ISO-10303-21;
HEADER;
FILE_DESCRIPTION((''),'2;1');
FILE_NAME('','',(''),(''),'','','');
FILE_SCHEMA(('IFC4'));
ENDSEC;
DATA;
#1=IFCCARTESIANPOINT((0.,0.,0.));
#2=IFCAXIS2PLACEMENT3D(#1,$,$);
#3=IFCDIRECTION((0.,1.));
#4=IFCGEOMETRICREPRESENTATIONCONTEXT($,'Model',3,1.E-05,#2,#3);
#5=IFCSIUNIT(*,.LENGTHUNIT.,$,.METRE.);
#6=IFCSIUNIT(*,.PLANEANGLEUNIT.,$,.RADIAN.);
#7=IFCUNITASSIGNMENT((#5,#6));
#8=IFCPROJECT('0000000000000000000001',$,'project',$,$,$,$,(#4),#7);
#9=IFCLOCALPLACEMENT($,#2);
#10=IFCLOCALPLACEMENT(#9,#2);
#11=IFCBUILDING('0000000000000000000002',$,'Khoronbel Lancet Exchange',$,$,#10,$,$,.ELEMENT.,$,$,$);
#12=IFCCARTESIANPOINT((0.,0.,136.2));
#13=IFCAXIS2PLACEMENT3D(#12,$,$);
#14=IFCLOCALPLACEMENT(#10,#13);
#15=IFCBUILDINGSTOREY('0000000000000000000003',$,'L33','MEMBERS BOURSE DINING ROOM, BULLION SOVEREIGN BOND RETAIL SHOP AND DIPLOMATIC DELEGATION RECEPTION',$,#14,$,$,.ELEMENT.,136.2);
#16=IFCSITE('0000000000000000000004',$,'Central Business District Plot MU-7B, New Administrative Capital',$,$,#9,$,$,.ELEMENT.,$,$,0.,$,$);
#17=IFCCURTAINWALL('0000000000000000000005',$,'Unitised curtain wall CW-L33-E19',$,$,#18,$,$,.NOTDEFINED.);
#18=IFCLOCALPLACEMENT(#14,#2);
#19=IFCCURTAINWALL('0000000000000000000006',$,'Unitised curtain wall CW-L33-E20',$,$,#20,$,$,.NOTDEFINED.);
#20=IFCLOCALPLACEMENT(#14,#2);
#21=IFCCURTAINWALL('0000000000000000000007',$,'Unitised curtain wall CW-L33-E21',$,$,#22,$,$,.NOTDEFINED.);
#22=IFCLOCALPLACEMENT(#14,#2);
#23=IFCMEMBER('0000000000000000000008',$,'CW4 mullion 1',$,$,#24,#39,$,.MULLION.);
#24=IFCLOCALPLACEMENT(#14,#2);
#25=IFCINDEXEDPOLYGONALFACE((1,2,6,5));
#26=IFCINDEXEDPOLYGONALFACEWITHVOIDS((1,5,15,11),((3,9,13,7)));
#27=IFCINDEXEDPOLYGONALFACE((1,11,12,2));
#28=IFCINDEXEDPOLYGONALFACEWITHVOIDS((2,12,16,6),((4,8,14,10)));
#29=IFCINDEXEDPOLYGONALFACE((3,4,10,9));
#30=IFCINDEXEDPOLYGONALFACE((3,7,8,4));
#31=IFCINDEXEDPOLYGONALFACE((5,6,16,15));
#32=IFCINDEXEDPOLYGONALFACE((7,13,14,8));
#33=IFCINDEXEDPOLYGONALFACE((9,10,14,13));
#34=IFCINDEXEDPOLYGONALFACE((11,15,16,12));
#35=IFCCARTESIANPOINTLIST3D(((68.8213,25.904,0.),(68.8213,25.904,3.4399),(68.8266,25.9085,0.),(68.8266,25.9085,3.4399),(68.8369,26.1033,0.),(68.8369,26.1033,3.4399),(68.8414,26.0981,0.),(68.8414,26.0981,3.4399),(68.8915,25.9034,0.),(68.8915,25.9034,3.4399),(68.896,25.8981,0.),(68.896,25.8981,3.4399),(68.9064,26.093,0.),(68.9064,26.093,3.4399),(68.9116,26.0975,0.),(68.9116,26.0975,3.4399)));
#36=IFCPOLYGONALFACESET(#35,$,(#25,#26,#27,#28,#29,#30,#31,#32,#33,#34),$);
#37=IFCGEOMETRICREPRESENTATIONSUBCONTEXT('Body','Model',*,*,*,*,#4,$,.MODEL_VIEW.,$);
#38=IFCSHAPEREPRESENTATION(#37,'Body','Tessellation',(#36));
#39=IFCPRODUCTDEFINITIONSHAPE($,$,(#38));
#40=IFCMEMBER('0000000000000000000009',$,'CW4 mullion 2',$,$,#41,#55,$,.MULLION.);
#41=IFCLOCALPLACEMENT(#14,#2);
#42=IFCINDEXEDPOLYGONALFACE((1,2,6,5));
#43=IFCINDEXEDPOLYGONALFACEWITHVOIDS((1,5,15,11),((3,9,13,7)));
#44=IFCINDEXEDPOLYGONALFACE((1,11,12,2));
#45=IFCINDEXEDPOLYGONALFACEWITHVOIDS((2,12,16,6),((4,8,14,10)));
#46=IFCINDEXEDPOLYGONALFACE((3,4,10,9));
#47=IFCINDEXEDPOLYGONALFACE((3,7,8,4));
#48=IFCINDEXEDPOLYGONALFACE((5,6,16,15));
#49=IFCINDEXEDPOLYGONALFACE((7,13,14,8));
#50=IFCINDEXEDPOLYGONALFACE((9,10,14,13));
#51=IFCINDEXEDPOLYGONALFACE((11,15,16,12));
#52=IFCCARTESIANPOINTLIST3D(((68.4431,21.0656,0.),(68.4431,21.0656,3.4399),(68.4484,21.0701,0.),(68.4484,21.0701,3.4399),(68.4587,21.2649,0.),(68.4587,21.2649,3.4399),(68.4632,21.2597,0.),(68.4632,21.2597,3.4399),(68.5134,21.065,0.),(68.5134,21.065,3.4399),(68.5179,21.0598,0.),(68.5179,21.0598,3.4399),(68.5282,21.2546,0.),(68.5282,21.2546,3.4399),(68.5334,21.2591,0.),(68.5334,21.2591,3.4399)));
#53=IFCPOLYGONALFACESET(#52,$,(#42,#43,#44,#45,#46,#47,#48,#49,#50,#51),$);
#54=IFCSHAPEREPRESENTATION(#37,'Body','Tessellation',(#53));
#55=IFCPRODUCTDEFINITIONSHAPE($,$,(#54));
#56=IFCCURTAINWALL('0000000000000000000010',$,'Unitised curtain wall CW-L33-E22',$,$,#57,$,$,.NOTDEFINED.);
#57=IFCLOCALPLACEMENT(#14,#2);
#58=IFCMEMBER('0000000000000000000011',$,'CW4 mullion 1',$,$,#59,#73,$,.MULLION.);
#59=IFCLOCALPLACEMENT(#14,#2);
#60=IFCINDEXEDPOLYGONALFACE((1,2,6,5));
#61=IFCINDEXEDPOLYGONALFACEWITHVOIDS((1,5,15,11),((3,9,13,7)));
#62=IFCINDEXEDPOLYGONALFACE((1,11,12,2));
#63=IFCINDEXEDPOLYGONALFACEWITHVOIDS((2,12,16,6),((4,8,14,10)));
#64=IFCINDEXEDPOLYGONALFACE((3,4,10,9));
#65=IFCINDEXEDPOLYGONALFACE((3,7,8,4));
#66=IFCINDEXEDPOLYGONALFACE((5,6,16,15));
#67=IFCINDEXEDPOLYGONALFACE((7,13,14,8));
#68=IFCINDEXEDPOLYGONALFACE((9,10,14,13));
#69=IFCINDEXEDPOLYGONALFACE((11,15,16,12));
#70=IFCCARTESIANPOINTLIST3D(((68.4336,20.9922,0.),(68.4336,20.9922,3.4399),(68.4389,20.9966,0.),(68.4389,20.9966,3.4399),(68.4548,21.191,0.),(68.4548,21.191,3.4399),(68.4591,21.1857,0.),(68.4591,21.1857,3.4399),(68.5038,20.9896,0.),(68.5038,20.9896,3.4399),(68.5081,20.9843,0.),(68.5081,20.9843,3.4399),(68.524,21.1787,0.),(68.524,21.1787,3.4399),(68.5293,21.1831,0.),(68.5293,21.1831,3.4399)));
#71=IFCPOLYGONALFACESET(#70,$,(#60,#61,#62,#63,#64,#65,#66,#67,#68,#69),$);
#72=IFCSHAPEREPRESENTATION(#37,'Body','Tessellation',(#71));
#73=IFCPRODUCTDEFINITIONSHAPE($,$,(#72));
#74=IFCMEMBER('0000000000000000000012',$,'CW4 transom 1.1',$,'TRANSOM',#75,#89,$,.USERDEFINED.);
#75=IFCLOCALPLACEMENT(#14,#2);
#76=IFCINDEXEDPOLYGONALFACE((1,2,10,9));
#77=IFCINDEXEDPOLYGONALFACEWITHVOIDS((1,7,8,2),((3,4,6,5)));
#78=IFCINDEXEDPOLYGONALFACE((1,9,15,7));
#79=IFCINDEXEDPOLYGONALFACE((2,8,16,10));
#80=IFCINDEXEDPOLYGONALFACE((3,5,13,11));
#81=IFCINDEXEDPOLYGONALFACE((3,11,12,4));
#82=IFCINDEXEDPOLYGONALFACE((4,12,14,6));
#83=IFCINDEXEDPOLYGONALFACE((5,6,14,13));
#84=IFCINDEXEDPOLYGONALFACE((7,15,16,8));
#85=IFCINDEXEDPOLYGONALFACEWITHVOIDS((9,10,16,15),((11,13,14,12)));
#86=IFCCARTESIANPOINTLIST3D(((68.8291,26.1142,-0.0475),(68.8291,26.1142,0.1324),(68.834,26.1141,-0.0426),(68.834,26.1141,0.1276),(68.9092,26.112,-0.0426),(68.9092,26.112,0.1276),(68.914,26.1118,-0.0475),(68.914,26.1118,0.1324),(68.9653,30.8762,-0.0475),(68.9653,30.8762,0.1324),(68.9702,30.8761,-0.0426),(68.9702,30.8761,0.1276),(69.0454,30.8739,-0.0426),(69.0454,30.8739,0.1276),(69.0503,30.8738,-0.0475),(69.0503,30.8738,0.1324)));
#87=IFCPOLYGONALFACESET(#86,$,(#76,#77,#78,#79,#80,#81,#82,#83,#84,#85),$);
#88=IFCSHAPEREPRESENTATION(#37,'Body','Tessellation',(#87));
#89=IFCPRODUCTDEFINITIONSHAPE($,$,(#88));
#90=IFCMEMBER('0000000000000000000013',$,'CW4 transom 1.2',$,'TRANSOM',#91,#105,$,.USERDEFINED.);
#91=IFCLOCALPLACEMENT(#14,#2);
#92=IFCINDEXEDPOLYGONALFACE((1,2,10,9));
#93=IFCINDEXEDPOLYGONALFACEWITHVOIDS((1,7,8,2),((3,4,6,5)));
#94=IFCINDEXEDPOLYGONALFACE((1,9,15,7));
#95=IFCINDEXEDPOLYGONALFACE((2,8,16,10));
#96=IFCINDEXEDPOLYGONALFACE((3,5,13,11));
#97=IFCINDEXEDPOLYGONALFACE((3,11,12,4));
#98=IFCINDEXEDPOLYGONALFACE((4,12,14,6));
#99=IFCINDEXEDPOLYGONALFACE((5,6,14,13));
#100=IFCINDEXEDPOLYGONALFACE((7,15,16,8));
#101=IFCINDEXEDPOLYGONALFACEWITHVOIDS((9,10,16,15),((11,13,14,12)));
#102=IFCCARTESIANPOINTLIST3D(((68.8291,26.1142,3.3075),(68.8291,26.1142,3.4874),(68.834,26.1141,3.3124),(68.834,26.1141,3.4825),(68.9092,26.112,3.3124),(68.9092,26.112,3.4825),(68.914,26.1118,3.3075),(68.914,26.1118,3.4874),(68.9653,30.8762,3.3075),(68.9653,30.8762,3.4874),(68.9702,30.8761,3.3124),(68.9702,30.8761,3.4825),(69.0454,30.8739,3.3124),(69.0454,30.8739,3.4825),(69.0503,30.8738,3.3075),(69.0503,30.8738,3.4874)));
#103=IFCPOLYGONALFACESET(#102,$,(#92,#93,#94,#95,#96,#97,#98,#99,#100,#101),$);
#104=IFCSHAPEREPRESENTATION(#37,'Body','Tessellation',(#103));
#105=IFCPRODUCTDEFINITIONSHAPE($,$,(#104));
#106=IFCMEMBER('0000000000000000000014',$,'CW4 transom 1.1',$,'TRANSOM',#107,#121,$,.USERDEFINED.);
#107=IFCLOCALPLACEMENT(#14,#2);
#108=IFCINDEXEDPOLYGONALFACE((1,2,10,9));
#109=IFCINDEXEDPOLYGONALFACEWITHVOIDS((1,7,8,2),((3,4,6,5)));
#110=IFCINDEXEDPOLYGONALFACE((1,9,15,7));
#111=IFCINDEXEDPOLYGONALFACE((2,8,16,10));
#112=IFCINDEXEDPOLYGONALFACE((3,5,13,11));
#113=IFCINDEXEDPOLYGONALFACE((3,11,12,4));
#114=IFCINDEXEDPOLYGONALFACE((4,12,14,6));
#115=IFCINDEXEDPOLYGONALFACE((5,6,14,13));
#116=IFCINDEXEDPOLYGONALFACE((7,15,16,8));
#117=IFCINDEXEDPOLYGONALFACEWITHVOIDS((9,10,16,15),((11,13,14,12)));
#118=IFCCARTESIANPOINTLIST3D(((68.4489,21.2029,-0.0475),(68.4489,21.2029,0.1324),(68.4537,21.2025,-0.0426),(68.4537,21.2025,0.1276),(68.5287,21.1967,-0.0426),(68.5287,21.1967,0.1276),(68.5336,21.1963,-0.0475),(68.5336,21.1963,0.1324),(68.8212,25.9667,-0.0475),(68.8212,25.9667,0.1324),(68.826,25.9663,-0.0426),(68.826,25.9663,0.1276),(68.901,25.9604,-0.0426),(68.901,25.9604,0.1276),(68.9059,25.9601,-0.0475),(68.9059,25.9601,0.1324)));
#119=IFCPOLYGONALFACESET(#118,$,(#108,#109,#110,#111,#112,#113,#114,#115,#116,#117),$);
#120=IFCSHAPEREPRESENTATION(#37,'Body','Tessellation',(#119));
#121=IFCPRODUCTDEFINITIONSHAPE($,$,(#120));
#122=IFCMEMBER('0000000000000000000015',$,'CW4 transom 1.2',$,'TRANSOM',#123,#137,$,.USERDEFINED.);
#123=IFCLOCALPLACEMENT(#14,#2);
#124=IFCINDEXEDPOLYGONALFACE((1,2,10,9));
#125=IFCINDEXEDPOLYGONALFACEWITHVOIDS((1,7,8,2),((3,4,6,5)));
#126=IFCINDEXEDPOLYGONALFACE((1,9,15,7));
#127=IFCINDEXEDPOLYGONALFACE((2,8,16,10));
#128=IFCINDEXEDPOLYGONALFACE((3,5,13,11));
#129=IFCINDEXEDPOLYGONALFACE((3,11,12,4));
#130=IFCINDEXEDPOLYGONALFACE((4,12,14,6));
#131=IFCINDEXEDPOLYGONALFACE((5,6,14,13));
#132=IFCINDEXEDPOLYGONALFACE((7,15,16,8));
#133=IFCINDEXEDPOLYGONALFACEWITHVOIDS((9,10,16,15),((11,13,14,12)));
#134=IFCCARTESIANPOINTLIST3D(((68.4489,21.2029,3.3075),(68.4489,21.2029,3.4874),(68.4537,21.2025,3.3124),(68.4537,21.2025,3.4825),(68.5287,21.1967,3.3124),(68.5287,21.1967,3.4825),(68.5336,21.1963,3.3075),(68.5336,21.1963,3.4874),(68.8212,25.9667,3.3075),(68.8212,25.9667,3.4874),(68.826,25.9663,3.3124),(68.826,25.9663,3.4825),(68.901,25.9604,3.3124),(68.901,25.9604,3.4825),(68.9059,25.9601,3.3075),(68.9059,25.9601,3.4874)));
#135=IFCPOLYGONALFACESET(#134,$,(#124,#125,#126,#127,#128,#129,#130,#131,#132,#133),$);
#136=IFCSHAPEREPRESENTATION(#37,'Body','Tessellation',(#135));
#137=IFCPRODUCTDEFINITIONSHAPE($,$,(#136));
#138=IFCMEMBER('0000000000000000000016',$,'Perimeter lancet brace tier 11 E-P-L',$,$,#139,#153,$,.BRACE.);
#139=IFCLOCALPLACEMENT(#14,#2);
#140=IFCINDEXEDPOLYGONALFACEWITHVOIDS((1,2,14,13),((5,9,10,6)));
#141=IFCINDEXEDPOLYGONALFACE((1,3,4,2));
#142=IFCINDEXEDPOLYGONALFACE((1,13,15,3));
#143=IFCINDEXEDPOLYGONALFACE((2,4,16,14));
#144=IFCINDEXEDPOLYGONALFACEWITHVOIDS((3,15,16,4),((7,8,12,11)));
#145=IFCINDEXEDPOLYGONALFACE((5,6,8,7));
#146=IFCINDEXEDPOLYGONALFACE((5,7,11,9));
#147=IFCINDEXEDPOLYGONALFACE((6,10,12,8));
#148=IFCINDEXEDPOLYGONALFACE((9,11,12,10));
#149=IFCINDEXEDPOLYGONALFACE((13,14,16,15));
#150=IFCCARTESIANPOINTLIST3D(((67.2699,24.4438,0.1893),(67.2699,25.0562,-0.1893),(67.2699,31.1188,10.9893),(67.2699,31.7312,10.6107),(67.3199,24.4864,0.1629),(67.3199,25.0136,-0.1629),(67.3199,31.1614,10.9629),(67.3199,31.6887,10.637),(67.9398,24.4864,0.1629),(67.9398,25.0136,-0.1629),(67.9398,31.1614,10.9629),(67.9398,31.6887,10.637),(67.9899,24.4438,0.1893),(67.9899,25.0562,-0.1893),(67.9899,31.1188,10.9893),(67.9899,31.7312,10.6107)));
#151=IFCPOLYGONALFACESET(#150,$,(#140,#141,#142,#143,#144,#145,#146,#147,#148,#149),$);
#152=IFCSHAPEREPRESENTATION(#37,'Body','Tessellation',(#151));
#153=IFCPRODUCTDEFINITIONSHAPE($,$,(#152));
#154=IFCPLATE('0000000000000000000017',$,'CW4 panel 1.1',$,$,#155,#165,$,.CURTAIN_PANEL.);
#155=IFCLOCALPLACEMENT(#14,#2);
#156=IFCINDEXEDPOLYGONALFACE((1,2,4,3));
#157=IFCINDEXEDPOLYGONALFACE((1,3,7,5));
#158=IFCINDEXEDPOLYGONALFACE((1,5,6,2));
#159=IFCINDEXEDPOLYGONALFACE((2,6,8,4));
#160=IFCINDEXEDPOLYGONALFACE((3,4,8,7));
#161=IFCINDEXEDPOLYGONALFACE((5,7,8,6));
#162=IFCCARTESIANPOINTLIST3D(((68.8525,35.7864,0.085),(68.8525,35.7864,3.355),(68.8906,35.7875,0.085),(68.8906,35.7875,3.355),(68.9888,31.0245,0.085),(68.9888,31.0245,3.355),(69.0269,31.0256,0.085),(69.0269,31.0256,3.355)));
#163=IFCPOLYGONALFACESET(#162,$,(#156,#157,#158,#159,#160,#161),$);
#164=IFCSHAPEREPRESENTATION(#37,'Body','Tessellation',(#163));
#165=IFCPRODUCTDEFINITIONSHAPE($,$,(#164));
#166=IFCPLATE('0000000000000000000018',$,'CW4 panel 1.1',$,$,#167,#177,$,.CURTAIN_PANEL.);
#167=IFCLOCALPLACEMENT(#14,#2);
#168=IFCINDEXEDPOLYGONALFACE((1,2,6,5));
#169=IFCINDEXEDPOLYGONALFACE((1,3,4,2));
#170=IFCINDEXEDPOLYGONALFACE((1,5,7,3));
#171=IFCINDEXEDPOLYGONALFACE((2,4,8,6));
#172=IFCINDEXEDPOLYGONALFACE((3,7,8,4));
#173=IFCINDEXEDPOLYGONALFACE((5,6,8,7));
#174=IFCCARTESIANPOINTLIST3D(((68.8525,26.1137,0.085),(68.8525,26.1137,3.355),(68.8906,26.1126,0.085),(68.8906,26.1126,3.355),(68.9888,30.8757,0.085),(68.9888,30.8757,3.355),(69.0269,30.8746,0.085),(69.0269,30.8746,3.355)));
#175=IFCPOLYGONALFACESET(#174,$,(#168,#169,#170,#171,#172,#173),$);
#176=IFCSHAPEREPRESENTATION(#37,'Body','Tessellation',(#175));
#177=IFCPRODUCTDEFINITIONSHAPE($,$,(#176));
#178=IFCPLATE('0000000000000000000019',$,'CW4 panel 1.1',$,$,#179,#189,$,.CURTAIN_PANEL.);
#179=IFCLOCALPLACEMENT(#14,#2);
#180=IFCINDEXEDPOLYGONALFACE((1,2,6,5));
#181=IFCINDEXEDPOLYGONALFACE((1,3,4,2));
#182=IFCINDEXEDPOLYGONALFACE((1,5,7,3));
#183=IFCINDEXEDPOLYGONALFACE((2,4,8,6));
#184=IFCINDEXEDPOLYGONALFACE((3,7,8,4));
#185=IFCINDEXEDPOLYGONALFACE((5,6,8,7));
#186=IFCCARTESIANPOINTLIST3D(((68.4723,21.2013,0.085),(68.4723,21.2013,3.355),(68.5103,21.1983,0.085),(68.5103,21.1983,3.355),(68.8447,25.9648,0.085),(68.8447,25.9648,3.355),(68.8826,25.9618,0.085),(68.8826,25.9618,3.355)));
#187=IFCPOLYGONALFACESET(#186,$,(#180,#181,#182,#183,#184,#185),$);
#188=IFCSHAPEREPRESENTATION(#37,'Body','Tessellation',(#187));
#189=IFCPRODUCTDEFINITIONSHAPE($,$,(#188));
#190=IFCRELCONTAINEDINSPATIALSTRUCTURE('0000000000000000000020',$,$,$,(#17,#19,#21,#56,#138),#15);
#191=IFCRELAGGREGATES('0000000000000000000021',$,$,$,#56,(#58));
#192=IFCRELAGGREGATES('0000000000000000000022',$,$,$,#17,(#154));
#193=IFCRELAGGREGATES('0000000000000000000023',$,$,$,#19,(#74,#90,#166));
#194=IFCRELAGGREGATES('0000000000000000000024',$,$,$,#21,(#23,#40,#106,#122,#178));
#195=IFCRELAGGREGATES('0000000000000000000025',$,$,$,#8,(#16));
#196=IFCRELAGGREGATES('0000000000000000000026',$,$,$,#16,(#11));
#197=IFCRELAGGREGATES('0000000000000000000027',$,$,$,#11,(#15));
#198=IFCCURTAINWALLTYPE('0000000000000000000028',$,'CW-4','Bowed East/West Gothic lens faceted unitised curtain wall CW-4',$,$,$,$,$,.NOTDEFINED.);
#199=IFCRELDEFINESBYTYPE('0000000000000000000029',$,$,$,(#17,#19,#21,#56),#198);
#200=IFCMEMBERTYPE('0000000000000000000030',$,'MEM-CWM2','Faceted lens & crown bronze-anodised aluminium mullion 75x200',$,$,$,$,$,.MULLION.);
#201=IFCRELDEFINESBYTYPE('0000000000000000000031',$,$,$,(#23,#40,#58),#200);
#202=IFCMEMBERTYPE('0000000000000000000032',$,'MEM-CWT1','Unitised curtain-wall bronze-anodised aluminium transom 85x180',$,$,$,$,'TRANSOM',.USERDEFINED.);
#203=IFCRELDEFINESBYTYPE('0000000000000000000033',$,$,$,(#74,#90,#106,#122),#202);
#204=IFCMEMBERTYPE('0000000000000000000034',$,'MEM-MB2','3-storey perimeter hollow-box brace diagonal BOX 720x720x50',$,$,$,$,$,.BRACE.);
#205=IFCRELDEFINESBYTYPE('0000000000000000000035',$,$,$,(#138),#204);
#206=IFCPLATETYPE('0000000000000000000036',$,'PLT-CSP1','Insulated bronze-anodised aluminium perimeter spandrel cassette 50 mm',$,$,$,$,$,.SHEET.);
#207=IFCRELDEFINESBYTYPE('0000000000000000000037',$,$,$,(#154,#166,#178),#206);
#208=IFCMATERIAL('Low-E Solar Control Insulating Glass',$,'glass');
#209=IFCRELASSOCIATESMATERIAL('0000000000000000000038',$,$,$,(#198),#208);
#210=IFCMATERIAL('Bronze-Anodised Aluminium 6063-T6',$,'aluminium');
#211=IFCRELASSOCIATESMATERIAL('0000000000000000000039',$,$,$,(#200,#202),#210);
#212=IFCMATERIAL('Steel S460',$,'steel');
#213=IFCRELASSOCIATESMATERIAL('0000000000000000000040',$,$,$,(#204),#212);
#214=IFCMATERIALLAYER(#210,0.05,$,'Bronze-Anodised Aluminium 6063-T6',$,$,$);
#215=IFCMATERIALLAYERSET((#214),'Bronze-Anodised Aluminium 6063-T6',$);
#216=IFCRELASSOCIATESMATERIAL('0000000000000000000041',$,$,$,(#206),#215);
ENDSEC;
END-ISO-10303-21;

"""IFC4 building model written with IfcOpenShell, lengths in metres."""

from ifc_helpers import new_model, si_unit, direction, frame, origin, origin_2d, place, context, subcontext, project, spatial, rectangle, hollow_rectangle, extrude, material, layer, layer_set, material_profile, profile_set, type_object, element, aggregate, save


model = new_model("IFC4")

# Units and contexts
model_context = context("Model", 3, precision=1e-05, world=origin(), true_north=direction((0.0, 1.0)))
body_context = subcontext(model_context, "Body", "Model", "MODEL_VIEW")
ifc_project = project(units=[si_unit("LENGTHUNIT", "METRE"), si_unit("PLANEANGLEUNIT", "RADIAN")], contexts=[model_context])

# Site, building, storey
site_placement = place(None, origin())
site = spatial("IfcSite", under=ifc_project, at=site_placement, Name="Central Business District Plot MU-7B, New Administrative Capital", CompositionType="ELEMENT", RefElevation=0.0)
building_placement = place(site_placement, origin())
building = spatial("IfcBuilding", under=site, at=building_placement, Name="Khoronbel Lancet Exchange", CompositionType="ELEMENT")
storey_placement = place(building_placement, frame((0.0, 0.0, 136.2)))
storey = spatial("IfcBuildingStorey", under=building, at=storey_placement, Name="L33", Description="MEMBERS BOURSE DINING ROOM, BULLION SOVEREIGN BOND RETAIL SHOP AND DIPLOMATIC DELEGATION RECEPTION", CompositionType="ELEMENT", Elevation=136.2)

# Shared definitions
ifc_material_1 = material(Name="Steel S460", Category="steel")

# Curtain wall
ifc_material_2 = material(Name="Low-E Solar Control Insulating Glass", Category="glass")
curtain_wall_type = type_object("IfcCurtainWallType", Name="CW-4", Description="Bowed East/West Gothic lens faceted unitised curtain wall CW-4", PredefinedType="NOTDEFINED", material=ifc_material_2)
curtain_wall_1_placement = place(storey_placement, origin())
curtain_wall_1 = element("IfcCurtainWall", 1, at=curtain_wall_1_placement, inside=storey, type_object=curtain_wall_type, Name="Unitised curtain wall CW-L33-E19", PredefinedType="NOTDEFINED")
ifc_material_3 = material(Name="Bronze-Anodised Aluminium 6063-T6", Category="aluminium")
ifc_material_profile_1 = material_profile(ifc_material_3, hollow_rectangle(XDim=0.075, YDim=0.2, WallThickness=0.0049, at=origin_2d()), Name="ALU MULLION 75x200")
ifc_profile_set_1 = profile_set([ifc_material_profile_1], Name="Bronze-Anodised Aluminium 6063-T6")
member_type_1 = type_object("IfcMemberType", Name="MEM-CWM2", Description="Faceted lens & crown bronze-anodised aluminium mullion 75x200", PredefinedType="MULLION", material=ifc_profile_set_1)

# Curtain walls, members
curtain_wall_2_placement = place(storey_placement, origin())
curtain_wall_2 = element("IfcCurtainWall", 2, at=curtain_wall_2_placement, inside=storey, type_object=curtain_wall_type, Name="Unitised curtain wall CW-L33-E20", PredefinedType="NOTDEFINED")
curtain_wall_3_placement = place(storey_placement, origin())
curtain_wall_3 = element("IfcCurtainWall", 3, at=curtain_wall_3_placement, inside=storey, type_object=curtain_wall_type, Name="Unitised curtain wall CW-L33-E21", PredefinedType="NOTDEFINED")
member_1_placement = place(storey_placement, frame((68.8665, 26.0007, 0.0), z_axis=(0.0, 0.0, 1.0), x_axis=(0.99696, -0.077921, 0.0)))
member_1 = element("IfcMember", 4, at=member_1_placement, type_object=member_type_1, Name="CW4 mullion 1", PredefinedType="MULLION", context=body_context, shape_type="SweptSolid", body=[
    extrude(hollow_rectangle(XDim=0.075, YDim=0.2, WallThickness=0.0049, at=origin_2d()), origin(), (0.0, 0.0, 1.0), 3.4399),
])
member_2_placement = place(storey_placement, frame((68.4883, 21.1624, 0.0), z_axis=(0.0, 0.0, 1.0), x_axis=(0.99696, -0.077921, 0.0)))
member_2 = element("IfcMember", 5, at=member_2_placement, type_object=member_type_1, Name="CW4 mullion 2", PredefinedType="MULLION", context=body_context, shape_type="SweptSolid", body=[
    extrude(hollow_rectangle(XDim=0.075, YDim=0.2, WallThickness=0.0049, at=origin_2d()), origin(), (0.0, 0.0, 1.0), 3.4399),
])

# Curtain wall, member
curtain_wall_4_placement = place(storey_placement, origin())
curtain_wall_4 = element("IfcCurtainWall", 6, at=curtain_wall_4_placement, inside=storey, type_object=curtain_wall_type, Name="Unitised curtain wall CW-L33-E22", PredefinedType="NOTDEFINED")
member_3_placement = place(storey_placement, frame((68.4814, 21.0876, 0.0), z_axis=(0.0, 0.0, 1.0), x_axis=(0.994347, -0.106181, 0.0)))
member_3 = element("IfcMember", 7, at=member_3_placement, type_object=member_type_1, Name="CW4 mullion 1", PredefinedType="MULLION", context=body_context, shape_type="SweptSolid", body=[
    extrude(hollow_rectangle(XDim=0.075, YDim=0.2, WallThickness=0.0049, at=origin_2d()), origin(), (0.0, 0.0, 1.0), 3.4399),
])
aggregate(curtain_wall_4, [member_3])

# Members
ifc_material_profile_2 = material_profile(ifc_material_3, hollow_rectangle(XDim=0.085, YDim=0.1799, WallThickness=0.0049, at=origin_2d()), Name="ALU TRANSOM 85x180")
ifc_profile_set_2 = profile_set([ifc_material_profile_2], Name="Bronze-Anodised Aluminium 6063-T6")
member_type_2 = type_object("IfcMemberType", Name="MEM-CWT1", Description="Unitised curtain-wall bronze-anodised aluminium transom 85x180", ElementType="TRANSOM", PredefinedType="USERDEFINED", material=ifc_profile_set_2)
member_4_placement = place(storey_placement, frame((69.0078, 30.875, 0.0425), z_axis=(-0.028596, -0.999591, 0.0), x_axis=(0.999591, -0.028596, 0.0)))
member_4 = element("IfcMember", 8, at=member_4_placement, type_object=member_type_2, Name="CW4 transom 1.1", ObjectType="TRANSOM", PredefinedType="USERDEFINED", context=body_context, shape_type="SweptSolid", body=[
    extrude(hollow_rectangle(XDim=0.085, YDim=0.1799, WallThickness=0.0049, at=origin_2d()), origin(), (0.0, 0.0, 1.0), 4.7639),
])
member_5_placement = place(storey_placement, frame((69.0078, 30.875, 3.3975), z_axis=(-0.028596, -0.999591, 0.0), x_axis=(0.999591, -0.028596, 0.0)))
member_5 = element("IfcMember", 9, at=member_5_placement, type_object=member_type_2, Name="CW4 transom 1.2", ObjectType="TRANSOM", PredefinedType="USERDEFINED", context=body_context, shape_type="SweptSolid", body=[
    extrude(hollow_rectangle(XDim=0.085, YDim=0.1799, WallThickness=0.0049, at=origin_2d()), origin(), (0.0, 0.0, 1.0), 4.7639),
])
member_6_placement = place(storey_placement, frame((68.8635, 25.9634, 0.0425), z_axis=(-0.077919, -0.99696, 0.0), x_axis=(0.99696, -0.077919, 0.0)))
member_6 = element("IfcMember", 10, at=member_6_placement, type_object=member_type_2, Name="CW4 transom 1.1", ObjectType="TRANSOM", PredefinedType="USERDEFINED", context=body_context, shape_type="SweptSolid", body=[
    extrude(hollow_rectangle(XDim=0.085, YDim=0.1799, WallThickness=0.0049, at=origin_2d()), origin(), (0.0, 0.0, 1.0), 4.7783),
])
member_7_placement = place(storey_placement, frame((68.8635, 25.9634, 3.3975), z_axis=(-0.077919, -0.99696, 0.0), x_axis=(0.99696, -0.077919, 0.0)))
member_7 = element("IfcMember", 11, at=member_7_placement, type_object=member_type_2, Name="CW4 transom 1.2", ObjectType="TRANSOM", PredefinedType="USERDEFINED", context=body_context, shape_type="SweptSolid", body=[
    extrude(hollow_rectangle(XDim=0.085, YDim=0.1799, WallThickness=0.0049, at=origin_2d()), origin(), (0.0, 0.0, 1.0), 4.7783),
])
ifc_material_profile_3 = material_profile(ifc_material_1, hollow_rectangle(XDim=0.72, YDim=0.72, WallThickness=0.05, at=origin_2d()), Name="BOX 720x720x50")
ifc_profile_set_3 = profile_set([ifc_material_profile_3], Name="Steel S460")
member_type_3 = type_object("IfcMemberType", Name="MEM-MB2", Description="3-storey perimeter hollow-box brace diagonal BOX 720x720x50", PredefinedType="BRACE", material=ifc_profile_set_3)
member_8_placement = place(storey_placement, frame((67.6299, 24.75, 0.0), z_axis=(0.0, 0.525745, 0.850642), x_axis=(-1.0, 0.0, 0.0)))
element("IfcMember", 12, at=member_8_placement, inside=storey, type_object=member_type_3, Name="Perimeter lancet brace tier 11 E-P-L", PredefinedType="BRACE", context=body_context, shape_type="SweptSolid", body=[
    extrude(hollow_rectangle(XDim=0.72, YDim=0.72, WallThickness=0.05, at=origin_2d()), origin(), (0.0, 0.0, 1.0), 12.6963),
])

# Plates
ifc_layer_1 = layer(ifc_material_3, 0.05, Name="Bronze-Anodised Aluminium 6063-T6")
ifc_layer_set_1 = layer_set([ifc_layer_1], Name="Bronze-Anodised Aluminium 6063-T6")
plate_type_1 = type_object("IfcPlateType", Name="PLT-CSP1", Description="Insulated bronze-anodised aluminium perimeter spandrel cassette 50 mm", PredefinedType="SHEET", material=ifc_layer_set_1)
plate_1_placement = place(storey_placement, frame((68.9397, 33.406, 0.085), z_axis=(0.0, 0.0, 1.0), x_axis=(0.028613, -0.999591, 0.0)))
plate_1 = element("IfcPlate", 13, at=plate_1_placement, type_object=plate_type_1, Name="CW4 panel 1.1", PredefinedType="CURTAIN_PANEL", context=body_context, shape_type="SweptSolid", body=[
    extrude(rectangle(XDim=4.7639, YDim=0.0381, at=origin_2d()), origin(), (0.0, 0.0, 1.0), 3.27),
])
aggregate(curtain_wall_1, [plate_1])
plate_2_placement = place(storey_placement, frame((68.9397, 28.4941, 0.085), z_axis=(0.0, 0.0, 1.0), x_axis=(-0.028613, -0.999591, 0.0)))
plate_2 = element("IfcPlate", 14, at=plate_2_placement, type_object=plate_type_1, Name="CW4 panel 1.1", PredefinedType="CURTAIN_PANEL", context=body_context, shape_type="SweptSolid", body=[
    extrude(rectangle(XDim=4.7639, YDim=0.0381, at=origin_2d()), origin(), (0.0, 0.0, 1.0), 3.27),
])
aggregate(curtain_wall_2, [member_4, member_5, plate_2])
plate_3_placement = place(storey_placement, frame((68.6775, 23.5815, 0.085), z_axis=(0.0, 0.0, 1.0), x_axis=(-0.077921, -0.99696, 0.0)))
plate_3 = element("IfcPlate", 15, at=plate_3_placement, type_object=plate_type_1, Name="CW4 panel 1.1", PredefinedType="CURTAIN_PANEL", context=body_context, shape_type="SweptSolid", body=[
    extrude(rectangle(XDim=4.7781, YDim=0.0381, at=origin_2d()), origin(), (0.0, 0.0, 1.0), 3.27),
])
aggregate(curtain_wall_3, [member_1, member_2, member_6, member_7, plate_3])

save(model, "model.ifc")
